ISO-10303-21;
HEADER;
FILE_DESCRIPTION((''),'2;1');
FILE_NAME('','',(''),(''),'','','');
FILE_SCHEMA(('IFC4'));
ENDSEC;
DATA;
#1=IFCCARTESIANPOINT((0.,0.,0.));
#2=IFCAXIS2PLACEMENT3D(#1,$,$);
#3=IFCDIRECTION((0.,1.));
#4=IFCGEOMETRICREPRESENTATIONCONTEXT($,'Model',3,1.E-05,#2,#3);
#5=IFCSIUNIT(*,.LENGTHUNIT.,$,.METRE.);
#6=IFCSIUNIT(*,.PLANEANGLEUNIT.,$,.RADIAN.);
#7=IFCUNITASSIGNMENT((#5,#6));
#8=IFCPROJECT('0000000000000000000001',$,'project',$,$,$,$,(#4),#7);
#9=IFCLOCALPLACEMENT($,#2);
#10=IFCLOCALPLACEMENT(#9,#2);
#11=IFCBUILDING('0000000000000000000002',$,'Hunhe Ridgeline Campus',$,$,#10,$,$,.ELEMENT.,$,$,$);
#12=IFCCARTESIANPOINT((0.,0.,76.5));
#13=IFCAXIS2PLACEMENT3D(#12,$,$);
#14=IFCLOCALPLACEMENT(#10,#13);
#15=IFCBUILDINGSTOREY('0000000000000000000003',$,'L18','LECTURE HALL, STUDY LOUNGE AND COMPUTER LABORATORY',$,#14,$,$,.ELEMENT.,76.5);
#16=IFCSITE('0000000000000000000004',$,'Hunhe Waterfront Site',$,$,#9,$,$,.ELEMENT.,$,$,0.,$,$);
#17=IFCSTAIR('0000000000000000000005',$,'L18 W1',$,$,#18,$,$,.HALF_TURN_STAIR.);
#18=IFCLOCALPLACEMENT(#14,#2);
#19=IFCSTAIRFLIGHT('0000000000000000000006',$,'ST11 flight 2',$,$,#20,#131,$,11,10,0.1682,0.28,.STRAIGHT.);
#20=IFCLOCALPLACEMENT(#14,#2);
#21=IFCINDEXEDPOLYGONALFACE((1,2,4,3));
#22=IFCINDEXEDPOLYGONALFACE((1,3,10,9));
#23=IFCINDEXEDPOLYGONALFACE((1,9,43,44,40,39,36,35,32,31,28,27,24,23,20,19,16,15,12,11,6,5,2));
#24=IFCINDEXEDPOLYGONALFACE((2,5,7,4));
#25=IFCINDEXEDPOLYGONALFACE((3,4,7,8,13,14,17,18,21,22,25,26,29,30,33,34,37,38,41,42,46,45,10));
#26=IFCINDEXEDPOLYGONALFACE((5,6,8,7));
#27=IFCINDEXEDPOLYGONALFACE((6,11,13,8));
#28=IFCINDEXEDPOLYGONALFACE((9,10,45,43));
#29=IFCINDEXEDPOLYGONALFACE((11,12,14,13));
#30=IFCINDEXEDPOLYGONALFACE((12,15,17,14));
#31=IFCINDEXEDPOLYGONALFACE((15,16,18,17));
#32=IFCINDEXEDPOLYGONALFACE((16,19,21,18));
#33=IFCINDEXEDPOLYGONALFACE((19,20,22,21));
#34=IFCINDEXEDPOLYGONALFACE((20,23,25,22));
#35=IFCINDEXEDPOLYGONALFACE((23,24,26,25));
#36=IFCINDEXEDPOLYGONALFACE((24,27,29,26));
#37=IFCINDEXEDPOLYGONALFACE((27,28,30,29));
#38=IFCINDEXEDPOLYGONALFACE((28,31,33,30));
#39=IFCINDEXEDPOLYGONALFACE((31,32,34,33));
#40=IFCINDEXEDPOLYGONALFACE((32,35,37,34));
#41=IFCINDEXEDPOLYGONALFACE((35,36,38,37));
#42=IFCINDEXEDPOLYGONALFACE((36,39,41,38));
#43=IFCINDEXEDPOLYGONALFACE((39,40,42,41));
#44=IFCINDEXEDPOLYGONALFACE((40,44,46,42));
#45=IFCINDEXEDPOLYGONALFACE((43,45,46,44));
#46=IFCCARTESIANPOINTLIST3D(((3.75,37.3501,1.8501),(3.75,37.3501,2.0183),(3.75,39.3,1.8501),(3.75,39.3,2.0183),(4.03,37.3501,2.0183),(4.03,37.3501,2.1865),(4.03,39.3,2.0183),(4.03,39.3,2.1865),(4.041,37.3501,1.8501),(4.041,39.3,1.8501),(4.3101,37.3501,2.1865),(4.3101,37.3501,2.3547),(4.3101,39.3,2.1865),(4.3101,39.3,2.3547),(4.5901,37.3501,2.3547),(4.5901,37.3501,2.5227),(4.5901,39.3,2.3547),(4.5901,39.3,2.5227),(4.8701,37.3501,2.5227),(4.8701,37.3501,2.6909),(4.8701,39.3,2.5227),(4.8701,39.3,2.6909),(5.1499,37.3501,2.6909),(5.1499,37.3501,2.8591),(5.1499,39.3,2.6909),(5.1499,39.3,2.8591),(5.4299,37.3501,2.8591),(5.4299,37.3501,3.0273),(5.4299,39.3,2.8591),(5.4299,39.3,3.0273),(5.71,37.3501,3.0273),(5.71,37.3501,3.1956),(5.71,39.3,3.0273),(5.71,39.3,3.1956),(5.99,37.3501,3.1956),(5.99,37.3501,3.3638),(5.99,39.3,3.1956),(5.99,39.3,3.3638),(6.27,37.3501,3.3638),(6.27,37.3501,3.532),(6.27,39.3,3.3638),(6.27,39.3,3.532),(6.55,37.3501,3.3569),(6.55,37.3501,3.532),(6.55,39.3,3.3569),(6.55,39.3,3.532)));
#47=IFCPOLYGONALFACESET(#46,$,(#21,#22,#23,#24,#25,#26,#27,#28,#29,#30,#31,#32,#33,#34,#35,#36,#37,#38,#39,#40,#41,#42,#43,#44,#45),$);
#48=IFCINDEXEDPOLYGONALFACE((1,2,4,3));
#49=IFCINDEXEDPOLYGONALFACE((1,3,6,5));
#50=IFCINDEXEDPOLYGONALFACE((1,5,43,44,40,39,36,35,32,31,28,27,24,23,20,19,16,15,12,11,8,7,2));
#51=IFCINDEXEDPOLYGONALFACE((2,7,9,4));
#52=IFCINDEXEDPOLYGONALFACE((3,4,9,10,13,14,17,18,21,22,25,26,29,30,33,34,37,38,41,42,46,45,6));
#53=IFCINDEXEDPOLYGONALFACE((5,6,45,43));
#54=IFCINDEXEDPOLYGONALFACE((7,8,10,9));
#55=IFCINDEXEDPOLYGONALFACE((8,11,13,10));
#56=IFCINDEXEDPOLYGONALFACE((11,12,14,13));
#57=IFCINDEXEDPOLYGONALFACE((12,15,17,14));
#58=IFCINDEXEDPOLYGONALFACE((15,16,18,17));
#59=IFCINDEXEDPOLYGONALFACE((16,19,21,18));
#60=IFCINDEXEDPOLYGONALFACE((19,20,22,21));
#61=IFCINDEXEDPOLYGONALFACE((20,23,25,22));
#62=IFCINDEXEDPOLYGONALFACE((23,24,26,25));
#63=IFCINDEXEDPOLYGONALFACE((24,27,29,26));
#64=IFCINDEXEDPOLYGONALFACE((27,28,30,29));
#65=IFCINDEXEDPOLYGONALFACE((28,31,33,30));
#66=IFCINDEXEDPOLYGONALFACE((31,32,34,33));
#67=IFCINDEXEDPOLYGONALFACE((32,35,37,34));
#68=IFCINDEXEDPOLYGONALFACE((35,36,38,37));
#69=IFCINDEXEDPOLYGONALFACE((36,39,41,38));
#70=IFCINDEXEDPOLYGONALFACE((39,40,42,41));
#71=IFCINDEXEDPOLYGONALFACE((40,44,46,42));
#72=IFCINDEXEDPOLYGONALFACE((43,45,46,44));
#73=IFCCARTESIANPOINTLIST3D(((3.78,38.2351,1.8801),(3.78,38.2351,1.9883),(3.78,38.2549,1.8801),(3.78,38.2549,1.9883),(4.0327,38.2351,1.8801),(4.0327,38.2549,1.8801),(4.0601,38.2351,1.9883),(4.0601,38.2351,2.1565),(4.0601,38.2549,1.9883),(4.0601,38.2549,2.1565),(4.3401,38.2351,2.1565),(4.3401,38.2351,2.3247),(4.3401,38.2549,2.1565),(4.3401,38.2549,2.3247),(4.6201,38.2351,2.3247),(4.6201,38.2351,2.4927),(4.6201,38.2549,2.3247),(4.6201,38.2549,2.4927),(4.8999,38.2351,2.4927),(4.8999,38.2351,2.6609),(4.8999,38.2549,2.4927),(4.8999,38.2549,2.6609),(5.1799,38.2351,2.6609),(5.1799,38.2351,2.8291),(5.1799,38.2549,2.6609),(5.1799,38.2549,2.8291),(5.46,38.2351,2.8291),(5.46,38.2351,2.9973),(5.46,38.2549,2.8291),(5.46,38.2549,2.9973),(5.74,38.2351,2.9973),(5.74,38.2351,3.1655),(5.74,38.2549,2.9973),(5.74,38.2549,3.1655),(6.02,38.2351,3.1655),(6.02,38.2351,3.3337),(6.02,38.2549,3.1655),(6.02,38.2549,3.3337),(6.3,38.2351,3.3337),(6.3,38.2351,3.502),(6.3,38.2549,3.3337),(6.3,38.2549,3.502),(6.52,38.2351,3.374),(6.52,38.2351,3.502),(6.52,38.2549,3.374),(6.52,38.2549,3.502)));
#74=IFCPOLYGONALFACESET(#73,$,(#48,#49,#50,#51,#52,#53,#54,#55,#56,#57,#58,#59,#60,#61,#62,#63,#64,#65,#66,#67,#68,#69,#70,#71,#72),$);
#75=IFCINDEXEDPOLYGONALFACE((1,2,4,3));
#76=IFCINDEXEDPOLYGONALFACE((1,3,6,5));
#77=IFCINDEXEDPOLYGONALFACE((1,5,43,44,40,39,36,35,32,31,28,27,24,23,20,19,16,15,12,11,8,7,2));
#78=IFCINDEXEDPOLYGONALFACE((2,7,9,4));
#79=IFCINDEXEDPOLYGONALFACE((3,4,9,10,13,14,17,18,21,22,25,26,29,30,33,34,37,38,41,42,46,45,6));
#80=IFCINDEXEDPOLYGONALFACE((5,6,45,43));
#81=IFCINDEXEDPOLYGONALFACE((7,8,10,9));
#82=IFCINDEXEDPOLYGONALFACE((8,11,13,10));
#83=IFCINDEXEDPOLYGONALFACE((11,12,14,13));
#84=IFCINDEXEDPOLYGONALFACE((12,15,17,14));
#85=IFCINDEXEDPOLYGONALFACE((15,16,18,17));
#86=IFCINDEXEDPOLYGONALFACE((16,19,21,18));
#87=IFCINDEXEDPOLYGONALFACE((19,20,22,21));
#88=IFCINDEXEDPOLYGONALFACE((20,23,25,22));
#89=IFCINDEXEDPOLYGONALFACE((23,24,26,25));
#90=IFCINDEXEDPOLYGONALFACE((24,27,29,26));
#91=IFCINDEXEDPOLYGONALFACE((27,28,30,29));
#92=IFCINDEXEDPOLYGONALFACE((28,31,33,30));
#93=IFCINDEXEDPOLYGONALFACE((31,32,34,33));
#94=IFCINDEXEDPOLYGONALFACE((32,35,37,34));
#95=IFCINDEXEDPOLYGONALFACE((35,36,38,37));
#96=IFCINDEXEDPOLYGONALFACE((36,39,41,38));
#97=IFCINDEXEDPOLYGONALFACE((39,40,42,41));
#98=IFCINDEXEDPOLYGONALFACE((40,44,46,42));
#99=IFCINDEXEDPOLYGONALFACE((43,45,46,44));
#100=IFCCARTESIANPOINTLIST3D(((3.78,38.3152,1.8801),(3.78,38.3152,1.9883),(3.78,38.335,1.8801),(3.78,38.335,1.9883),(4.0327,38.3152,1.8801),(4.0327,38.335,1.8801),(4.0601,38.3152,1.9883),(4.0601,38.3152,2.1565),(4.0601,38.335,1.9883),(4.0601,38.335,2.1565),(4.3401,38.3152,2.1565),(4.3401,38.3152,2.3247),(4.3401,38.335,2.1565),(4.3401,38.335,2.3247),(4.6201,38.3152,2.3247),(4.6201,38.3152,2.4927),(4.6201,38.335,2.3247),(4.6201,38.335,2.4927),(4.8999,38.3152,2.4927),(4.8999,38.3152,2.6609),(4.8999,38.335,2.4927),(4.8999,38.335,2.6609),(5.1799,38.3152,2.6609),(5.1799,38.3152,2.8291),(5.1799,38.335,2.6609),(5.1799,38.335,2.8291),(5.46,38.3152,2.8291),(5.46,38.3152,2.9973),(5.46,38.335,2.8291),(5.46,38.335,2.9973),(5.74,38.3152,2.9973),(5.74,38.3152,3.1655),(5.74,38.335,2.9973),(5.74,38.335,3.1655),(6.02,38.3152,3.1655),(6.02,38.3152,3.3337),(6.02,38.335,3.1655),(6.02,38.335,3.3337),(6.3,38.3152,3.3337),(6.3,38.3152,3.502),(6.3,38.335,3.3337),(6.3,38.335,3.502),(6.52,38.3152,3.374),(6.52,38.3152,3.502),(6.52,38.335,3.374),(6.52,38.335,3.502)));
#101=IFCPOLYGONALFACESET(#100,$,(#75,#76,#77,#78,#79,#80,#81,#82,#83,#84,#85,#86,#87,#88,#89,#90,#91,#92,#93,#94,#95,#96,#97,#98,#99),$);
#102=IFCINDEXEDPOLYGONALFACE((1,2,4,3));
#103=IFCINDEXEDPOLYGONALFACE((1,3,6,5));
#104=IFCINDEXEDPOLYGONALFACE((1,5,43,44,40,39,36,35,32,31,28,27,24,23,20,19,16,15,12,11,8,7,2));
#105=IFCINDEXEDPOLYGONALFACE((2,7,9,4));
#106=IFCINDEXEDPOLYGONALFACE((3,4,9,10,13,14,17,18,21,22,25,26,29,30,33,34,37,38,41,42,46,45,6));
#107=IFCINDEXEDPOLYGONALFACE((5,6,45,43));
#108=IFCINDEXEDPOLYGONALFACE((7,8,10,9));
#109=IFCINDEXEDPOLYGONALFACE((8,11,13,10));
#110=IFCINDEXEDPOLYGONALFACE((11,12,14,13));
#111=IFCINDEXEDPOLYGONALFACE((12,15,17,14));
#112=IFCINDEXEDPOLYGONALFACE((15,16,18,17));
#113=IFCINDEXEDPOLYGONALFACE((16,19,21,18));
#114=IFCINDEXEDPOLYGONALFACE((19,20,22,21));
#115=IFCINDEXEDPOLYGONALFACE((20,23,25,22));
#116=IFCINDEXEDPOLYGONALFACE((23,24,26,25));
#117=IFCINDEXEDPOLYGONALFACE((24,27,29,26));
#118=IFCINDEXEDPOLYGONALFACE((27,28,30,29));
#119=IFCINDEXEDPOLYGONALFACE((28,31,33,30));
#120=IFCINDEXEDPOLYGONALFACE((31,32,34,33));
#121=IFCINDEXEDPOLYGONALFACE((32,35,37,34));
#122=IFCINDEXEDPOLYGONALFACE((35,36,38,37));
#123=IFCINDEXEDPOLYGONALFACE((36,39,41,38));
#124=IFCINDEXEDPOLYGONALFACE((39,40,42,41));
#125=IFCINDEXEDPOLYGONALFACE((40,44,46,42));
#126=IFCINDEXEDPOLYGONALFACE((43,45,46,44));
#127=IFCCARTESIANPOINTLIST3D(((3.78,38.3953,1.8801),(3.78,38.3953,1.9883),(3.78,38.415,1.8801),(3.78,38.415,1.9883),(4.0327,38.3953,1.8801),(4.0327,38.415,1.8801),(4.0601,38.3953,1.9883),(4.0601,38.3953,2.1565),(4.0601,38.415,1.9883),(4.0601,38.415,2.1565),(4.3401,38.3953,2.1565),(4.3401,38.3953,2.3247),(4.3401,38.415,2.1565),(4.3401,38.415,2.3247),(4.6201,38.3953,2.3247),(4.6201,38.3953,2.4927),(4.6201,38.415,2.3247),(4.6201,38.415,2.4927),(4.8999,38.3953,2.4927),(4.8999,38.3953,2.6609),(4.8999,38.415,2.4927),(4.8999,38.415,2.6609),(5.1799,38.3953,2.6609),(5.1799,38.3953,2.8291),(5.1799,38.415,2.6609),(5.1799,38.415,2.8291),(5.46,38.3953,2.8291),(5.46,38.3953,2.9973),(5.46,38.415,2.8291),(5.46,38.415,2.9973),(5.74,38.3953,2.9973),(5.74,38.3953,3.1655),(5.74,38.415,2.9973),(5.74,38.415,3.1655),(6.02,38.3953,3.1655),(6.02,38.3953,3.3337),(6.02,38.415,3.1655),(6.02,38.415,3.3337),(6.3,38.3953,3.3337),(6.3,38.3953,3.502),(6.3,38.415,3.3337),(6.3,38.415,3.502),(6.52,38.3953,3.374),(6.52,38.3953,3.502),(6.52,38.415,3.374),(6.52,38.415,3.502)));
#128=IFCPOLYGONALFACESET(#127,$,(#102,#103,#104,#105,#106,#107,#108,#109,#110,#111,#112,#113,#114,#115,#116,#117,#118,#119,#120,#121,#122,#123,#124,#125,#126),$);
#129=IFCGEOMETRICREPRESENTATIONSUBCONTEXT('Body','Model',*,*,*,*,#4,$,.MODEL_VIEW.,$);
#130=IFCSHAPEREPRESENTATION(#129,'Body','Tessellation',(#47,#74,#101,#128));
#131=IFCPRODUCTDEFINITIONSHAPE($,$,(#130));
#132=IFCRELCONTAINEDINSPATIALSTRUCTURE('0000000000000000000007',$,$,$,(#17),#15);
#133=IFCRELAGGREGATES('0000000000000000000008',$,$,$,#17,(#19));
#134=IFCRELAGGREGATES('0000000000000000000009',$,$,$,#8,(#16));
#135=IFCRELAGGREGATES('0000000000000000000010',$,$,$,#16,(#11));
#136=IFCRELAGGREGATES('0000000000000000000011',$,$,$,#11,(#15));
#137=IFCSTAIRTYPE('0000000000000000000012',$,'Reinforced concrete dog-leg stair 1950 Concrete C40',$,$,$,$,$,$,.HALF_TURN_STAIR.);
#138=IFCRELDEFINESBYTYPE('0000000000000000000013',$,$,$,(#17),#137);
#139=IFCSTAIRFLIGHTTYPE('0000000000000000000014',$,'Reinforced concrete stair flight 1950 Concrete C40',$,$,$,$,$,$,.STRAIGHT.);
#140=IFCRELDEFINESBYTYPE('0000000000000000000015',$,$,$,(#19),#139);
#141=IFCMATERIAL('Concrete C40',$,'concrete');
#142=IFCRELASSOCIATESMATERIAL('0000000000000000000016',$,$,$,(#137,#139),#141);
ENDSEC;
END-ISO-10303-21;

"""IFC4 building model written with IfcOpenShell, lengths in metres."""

from ifc_helpers import new_model, si_unit, direction, frame, origin, place, context, subcontext, project, spatial, polyline, outline, extrude, material, type_object, element, aggregate, save


model = new_model("IFC4")

# Units and contexts
model_context = context("Model", 3, precision=1e-05, world=origin(), true_north=direction((0.0, 1.0)))
body_context = subcontext(model_context, "Body", "Model", "MODEL_VIEW")
ifc_project = project(units=[si_unit("LENGTHUNIT", "METRE"), si_unit("PLANEANGLEUNIT", "RADIAN")], contexts=[model_context])

# Site, building, storey
site_placement = place(None, origin())
site = spatial("IfcSite", under=ifc_project, at=site_placement, Name="Hunhe Waterfront Site", CompositionType="ELEMENT", RefElevation=0.0)
building_placement = place(site_placement, origin())
building = spatial("IfcBuilding", under=site, at=building_placement, Name="Hunhe Ridgeline Campus", CompositionType="ELEMENT")
storey_placement = place(building_placement, frame((0.0, 0.0, 76.5)))
storey = spatial("IfcBuildingStorey", under=building, at=storey_placement, Name="L18", Description="LECTURE HALL, STUDY LOUNGE AND COMPUTER LABORATORY", CompositionType="ELEMENT", Elevation=76.5)

# Stair, stair flight
ifc_material_1 = material(Name="Concrete C40", Category="concrete")
stair_type = type_object("IfcStairType", Name="Reinforced concrete dog-leg stair 1950 Concrete C40", PredefinedType="HALF_TURN_STAIR", material=ifc_material_1)
stair_placement = place(storey_placement, origin())
stair = element("IfcStair", 1, at=stair_placement, inside=storey, type_object=stair_type, Name="L18 W1", PredefinedType="HALF_TURN_STAIR")
stair_flight_type = type_object("IfcStairFlightType", Name="Reinforced concrete stair flight 1950 Concrete C40", PredefinedType="STRAIGHT", material=ifc_material_1)
stair_flight_1_placement = place(storey_placement, frame((3.75, 38.325, 1.8501), z_axis=(0.0, 0.0, 1.0), x_axis=(1.0, 0.0, 0.0)))
stair_flight_1 = element("IfcStairFlight", 2, at=stair_flight_1_placement, type_object=stair_flight_type, Name="ST11 flight 2", NumberOfRisers=11, NumberOfTreads=10, PredefinedType="STRAIGHT", RiserHeight=0.1682, TreadLength=0.28, context=body_context, shape_type="SweptSolid", body=[
    extrude(outline(polyline([(0.0, 0.0), (0.0, 0.1682), (0.28, 0.1682), (0.28, 0.3364), (0.5601, 0.3364), (0.5601, 0.5046), (0.8401, 0.5046), (0.8401, 0.6726), (1.1201, 0.6726), (1.1201, 0.8408), (1.3999, 0.8408), (1.3999, 1.009), (1.6799, 1.009), (1.6799, 1.1772), (1.96, 1.1772), (1.96, 1.3455), (2.24, 1.3455), (2.24, 1.5137), (2.52, 1.5137), (2.52, 1.6819), (2.8, 1.6819), (2.8, 1.8501), (2.8, 1.5068), (0.291, 0.0), (0.0, 0.0)])), frame((0.0, 0.9751, 0.0), z_axis=(0.0, -1.0, 0.0), x_axis=(1.0, 0.0, 0.0)), (0.0, 0.0, 1.0), 1.95),
    extrude(outline(polyline([(0.03, 0.03), (0.03, 0.1382), (0.3101, 0.1382), (0.3101, 0.3064), (0.5901, 0.3064), (0.5901, 0.4746), (0.8701, 0.4746), (0.8701, 0.6426), (1.1499, 0.6426), (1.1499, 0.8108), (1.4299, 0.8108), (1.4299, 0.979), (1.71, 0.979), (1.71, 1.1472), (1.99, 1.1472), (1.99, 1.3154), (2.27, 1.3154), (2.27, 1.4836), (2.55, 1.4836), (2.55, 1.6519), (2.77, 1.6519), (2.77, 1.5239), (0.2827, 0.03), (0.03, 0.03)])), frame((0.0, -0.0701, 0.0), z_axis=(0.0, -1.0, 0.0), x_axis=(1.0, 0.0, 0.0)), (0.0, 0.0, 1.0), 0.0198),
    extrude(outline(polyline([(0.03, 0.03), (0.03, 0.1382), (0.3101, 0.1382), (0.3101, 0.3064), (0.5901, 0.3064), (0.5901, 0.4746), (0.8701, 0.4746), (0.8701, 0.6426), (1.1499, 0.6426), (1.1499, 0.8108), (1.4299, 0.8108), (1.4299, 0.979), (1.71, 0.979), (1.71, 1.1472), (1.99, 1.1472), (1.99, 1.3154), (2.27, 1.3154), (2.27, 1.4836), (2.55, 1.4836), (2.55, 1.6519), (2.77, 1.6519), (2.77, 1.5239), (0.2827, 0.03), (0.03, 0.03)])), frame((0.0, 0.01, 0.0), z_axis=(0.0, -1.0, 0.0), x_axis=(1.0, 0.0, 0.0)), (0.0, 0.0, 1.0), 0.0198),
    extrude(outline(polyline([(0.03, 0.03), (0.03, 0.1382), (0.3101, 0.1382), (0.3101, 0.3064), (0.5901, 0.3064), (0.5901, 0.4746), (0.8701, 0.4746), (0.8701, 0.6426), (1.1499, 0.6426), (1.1499, 0.8108), (1.4299, 0.8108), (1.4299, 0.979), (1.71, 0.979), (1.71, 1.1472), (1.99, 1.1472), (1.99, 1.3154), (2.27, 1.3154), (2.27, 1.4836), (2.55, 1.4836), (2.55, 1.6519), (2.77, 1.6519), (2.77, 1.5239), (0.2827, 0.03), (0.03, 0.03)])), frame((0.0, 0.0901, 0.0), z_axis=(0.0, -1.0, 0.0), x_axis=(1.0, 0.0, 0.0)), (0.0, 0.0, 1.0), 0.0198),
])
aggregate(stair, [stair_flight_1])

save(model, "model.ifc")
